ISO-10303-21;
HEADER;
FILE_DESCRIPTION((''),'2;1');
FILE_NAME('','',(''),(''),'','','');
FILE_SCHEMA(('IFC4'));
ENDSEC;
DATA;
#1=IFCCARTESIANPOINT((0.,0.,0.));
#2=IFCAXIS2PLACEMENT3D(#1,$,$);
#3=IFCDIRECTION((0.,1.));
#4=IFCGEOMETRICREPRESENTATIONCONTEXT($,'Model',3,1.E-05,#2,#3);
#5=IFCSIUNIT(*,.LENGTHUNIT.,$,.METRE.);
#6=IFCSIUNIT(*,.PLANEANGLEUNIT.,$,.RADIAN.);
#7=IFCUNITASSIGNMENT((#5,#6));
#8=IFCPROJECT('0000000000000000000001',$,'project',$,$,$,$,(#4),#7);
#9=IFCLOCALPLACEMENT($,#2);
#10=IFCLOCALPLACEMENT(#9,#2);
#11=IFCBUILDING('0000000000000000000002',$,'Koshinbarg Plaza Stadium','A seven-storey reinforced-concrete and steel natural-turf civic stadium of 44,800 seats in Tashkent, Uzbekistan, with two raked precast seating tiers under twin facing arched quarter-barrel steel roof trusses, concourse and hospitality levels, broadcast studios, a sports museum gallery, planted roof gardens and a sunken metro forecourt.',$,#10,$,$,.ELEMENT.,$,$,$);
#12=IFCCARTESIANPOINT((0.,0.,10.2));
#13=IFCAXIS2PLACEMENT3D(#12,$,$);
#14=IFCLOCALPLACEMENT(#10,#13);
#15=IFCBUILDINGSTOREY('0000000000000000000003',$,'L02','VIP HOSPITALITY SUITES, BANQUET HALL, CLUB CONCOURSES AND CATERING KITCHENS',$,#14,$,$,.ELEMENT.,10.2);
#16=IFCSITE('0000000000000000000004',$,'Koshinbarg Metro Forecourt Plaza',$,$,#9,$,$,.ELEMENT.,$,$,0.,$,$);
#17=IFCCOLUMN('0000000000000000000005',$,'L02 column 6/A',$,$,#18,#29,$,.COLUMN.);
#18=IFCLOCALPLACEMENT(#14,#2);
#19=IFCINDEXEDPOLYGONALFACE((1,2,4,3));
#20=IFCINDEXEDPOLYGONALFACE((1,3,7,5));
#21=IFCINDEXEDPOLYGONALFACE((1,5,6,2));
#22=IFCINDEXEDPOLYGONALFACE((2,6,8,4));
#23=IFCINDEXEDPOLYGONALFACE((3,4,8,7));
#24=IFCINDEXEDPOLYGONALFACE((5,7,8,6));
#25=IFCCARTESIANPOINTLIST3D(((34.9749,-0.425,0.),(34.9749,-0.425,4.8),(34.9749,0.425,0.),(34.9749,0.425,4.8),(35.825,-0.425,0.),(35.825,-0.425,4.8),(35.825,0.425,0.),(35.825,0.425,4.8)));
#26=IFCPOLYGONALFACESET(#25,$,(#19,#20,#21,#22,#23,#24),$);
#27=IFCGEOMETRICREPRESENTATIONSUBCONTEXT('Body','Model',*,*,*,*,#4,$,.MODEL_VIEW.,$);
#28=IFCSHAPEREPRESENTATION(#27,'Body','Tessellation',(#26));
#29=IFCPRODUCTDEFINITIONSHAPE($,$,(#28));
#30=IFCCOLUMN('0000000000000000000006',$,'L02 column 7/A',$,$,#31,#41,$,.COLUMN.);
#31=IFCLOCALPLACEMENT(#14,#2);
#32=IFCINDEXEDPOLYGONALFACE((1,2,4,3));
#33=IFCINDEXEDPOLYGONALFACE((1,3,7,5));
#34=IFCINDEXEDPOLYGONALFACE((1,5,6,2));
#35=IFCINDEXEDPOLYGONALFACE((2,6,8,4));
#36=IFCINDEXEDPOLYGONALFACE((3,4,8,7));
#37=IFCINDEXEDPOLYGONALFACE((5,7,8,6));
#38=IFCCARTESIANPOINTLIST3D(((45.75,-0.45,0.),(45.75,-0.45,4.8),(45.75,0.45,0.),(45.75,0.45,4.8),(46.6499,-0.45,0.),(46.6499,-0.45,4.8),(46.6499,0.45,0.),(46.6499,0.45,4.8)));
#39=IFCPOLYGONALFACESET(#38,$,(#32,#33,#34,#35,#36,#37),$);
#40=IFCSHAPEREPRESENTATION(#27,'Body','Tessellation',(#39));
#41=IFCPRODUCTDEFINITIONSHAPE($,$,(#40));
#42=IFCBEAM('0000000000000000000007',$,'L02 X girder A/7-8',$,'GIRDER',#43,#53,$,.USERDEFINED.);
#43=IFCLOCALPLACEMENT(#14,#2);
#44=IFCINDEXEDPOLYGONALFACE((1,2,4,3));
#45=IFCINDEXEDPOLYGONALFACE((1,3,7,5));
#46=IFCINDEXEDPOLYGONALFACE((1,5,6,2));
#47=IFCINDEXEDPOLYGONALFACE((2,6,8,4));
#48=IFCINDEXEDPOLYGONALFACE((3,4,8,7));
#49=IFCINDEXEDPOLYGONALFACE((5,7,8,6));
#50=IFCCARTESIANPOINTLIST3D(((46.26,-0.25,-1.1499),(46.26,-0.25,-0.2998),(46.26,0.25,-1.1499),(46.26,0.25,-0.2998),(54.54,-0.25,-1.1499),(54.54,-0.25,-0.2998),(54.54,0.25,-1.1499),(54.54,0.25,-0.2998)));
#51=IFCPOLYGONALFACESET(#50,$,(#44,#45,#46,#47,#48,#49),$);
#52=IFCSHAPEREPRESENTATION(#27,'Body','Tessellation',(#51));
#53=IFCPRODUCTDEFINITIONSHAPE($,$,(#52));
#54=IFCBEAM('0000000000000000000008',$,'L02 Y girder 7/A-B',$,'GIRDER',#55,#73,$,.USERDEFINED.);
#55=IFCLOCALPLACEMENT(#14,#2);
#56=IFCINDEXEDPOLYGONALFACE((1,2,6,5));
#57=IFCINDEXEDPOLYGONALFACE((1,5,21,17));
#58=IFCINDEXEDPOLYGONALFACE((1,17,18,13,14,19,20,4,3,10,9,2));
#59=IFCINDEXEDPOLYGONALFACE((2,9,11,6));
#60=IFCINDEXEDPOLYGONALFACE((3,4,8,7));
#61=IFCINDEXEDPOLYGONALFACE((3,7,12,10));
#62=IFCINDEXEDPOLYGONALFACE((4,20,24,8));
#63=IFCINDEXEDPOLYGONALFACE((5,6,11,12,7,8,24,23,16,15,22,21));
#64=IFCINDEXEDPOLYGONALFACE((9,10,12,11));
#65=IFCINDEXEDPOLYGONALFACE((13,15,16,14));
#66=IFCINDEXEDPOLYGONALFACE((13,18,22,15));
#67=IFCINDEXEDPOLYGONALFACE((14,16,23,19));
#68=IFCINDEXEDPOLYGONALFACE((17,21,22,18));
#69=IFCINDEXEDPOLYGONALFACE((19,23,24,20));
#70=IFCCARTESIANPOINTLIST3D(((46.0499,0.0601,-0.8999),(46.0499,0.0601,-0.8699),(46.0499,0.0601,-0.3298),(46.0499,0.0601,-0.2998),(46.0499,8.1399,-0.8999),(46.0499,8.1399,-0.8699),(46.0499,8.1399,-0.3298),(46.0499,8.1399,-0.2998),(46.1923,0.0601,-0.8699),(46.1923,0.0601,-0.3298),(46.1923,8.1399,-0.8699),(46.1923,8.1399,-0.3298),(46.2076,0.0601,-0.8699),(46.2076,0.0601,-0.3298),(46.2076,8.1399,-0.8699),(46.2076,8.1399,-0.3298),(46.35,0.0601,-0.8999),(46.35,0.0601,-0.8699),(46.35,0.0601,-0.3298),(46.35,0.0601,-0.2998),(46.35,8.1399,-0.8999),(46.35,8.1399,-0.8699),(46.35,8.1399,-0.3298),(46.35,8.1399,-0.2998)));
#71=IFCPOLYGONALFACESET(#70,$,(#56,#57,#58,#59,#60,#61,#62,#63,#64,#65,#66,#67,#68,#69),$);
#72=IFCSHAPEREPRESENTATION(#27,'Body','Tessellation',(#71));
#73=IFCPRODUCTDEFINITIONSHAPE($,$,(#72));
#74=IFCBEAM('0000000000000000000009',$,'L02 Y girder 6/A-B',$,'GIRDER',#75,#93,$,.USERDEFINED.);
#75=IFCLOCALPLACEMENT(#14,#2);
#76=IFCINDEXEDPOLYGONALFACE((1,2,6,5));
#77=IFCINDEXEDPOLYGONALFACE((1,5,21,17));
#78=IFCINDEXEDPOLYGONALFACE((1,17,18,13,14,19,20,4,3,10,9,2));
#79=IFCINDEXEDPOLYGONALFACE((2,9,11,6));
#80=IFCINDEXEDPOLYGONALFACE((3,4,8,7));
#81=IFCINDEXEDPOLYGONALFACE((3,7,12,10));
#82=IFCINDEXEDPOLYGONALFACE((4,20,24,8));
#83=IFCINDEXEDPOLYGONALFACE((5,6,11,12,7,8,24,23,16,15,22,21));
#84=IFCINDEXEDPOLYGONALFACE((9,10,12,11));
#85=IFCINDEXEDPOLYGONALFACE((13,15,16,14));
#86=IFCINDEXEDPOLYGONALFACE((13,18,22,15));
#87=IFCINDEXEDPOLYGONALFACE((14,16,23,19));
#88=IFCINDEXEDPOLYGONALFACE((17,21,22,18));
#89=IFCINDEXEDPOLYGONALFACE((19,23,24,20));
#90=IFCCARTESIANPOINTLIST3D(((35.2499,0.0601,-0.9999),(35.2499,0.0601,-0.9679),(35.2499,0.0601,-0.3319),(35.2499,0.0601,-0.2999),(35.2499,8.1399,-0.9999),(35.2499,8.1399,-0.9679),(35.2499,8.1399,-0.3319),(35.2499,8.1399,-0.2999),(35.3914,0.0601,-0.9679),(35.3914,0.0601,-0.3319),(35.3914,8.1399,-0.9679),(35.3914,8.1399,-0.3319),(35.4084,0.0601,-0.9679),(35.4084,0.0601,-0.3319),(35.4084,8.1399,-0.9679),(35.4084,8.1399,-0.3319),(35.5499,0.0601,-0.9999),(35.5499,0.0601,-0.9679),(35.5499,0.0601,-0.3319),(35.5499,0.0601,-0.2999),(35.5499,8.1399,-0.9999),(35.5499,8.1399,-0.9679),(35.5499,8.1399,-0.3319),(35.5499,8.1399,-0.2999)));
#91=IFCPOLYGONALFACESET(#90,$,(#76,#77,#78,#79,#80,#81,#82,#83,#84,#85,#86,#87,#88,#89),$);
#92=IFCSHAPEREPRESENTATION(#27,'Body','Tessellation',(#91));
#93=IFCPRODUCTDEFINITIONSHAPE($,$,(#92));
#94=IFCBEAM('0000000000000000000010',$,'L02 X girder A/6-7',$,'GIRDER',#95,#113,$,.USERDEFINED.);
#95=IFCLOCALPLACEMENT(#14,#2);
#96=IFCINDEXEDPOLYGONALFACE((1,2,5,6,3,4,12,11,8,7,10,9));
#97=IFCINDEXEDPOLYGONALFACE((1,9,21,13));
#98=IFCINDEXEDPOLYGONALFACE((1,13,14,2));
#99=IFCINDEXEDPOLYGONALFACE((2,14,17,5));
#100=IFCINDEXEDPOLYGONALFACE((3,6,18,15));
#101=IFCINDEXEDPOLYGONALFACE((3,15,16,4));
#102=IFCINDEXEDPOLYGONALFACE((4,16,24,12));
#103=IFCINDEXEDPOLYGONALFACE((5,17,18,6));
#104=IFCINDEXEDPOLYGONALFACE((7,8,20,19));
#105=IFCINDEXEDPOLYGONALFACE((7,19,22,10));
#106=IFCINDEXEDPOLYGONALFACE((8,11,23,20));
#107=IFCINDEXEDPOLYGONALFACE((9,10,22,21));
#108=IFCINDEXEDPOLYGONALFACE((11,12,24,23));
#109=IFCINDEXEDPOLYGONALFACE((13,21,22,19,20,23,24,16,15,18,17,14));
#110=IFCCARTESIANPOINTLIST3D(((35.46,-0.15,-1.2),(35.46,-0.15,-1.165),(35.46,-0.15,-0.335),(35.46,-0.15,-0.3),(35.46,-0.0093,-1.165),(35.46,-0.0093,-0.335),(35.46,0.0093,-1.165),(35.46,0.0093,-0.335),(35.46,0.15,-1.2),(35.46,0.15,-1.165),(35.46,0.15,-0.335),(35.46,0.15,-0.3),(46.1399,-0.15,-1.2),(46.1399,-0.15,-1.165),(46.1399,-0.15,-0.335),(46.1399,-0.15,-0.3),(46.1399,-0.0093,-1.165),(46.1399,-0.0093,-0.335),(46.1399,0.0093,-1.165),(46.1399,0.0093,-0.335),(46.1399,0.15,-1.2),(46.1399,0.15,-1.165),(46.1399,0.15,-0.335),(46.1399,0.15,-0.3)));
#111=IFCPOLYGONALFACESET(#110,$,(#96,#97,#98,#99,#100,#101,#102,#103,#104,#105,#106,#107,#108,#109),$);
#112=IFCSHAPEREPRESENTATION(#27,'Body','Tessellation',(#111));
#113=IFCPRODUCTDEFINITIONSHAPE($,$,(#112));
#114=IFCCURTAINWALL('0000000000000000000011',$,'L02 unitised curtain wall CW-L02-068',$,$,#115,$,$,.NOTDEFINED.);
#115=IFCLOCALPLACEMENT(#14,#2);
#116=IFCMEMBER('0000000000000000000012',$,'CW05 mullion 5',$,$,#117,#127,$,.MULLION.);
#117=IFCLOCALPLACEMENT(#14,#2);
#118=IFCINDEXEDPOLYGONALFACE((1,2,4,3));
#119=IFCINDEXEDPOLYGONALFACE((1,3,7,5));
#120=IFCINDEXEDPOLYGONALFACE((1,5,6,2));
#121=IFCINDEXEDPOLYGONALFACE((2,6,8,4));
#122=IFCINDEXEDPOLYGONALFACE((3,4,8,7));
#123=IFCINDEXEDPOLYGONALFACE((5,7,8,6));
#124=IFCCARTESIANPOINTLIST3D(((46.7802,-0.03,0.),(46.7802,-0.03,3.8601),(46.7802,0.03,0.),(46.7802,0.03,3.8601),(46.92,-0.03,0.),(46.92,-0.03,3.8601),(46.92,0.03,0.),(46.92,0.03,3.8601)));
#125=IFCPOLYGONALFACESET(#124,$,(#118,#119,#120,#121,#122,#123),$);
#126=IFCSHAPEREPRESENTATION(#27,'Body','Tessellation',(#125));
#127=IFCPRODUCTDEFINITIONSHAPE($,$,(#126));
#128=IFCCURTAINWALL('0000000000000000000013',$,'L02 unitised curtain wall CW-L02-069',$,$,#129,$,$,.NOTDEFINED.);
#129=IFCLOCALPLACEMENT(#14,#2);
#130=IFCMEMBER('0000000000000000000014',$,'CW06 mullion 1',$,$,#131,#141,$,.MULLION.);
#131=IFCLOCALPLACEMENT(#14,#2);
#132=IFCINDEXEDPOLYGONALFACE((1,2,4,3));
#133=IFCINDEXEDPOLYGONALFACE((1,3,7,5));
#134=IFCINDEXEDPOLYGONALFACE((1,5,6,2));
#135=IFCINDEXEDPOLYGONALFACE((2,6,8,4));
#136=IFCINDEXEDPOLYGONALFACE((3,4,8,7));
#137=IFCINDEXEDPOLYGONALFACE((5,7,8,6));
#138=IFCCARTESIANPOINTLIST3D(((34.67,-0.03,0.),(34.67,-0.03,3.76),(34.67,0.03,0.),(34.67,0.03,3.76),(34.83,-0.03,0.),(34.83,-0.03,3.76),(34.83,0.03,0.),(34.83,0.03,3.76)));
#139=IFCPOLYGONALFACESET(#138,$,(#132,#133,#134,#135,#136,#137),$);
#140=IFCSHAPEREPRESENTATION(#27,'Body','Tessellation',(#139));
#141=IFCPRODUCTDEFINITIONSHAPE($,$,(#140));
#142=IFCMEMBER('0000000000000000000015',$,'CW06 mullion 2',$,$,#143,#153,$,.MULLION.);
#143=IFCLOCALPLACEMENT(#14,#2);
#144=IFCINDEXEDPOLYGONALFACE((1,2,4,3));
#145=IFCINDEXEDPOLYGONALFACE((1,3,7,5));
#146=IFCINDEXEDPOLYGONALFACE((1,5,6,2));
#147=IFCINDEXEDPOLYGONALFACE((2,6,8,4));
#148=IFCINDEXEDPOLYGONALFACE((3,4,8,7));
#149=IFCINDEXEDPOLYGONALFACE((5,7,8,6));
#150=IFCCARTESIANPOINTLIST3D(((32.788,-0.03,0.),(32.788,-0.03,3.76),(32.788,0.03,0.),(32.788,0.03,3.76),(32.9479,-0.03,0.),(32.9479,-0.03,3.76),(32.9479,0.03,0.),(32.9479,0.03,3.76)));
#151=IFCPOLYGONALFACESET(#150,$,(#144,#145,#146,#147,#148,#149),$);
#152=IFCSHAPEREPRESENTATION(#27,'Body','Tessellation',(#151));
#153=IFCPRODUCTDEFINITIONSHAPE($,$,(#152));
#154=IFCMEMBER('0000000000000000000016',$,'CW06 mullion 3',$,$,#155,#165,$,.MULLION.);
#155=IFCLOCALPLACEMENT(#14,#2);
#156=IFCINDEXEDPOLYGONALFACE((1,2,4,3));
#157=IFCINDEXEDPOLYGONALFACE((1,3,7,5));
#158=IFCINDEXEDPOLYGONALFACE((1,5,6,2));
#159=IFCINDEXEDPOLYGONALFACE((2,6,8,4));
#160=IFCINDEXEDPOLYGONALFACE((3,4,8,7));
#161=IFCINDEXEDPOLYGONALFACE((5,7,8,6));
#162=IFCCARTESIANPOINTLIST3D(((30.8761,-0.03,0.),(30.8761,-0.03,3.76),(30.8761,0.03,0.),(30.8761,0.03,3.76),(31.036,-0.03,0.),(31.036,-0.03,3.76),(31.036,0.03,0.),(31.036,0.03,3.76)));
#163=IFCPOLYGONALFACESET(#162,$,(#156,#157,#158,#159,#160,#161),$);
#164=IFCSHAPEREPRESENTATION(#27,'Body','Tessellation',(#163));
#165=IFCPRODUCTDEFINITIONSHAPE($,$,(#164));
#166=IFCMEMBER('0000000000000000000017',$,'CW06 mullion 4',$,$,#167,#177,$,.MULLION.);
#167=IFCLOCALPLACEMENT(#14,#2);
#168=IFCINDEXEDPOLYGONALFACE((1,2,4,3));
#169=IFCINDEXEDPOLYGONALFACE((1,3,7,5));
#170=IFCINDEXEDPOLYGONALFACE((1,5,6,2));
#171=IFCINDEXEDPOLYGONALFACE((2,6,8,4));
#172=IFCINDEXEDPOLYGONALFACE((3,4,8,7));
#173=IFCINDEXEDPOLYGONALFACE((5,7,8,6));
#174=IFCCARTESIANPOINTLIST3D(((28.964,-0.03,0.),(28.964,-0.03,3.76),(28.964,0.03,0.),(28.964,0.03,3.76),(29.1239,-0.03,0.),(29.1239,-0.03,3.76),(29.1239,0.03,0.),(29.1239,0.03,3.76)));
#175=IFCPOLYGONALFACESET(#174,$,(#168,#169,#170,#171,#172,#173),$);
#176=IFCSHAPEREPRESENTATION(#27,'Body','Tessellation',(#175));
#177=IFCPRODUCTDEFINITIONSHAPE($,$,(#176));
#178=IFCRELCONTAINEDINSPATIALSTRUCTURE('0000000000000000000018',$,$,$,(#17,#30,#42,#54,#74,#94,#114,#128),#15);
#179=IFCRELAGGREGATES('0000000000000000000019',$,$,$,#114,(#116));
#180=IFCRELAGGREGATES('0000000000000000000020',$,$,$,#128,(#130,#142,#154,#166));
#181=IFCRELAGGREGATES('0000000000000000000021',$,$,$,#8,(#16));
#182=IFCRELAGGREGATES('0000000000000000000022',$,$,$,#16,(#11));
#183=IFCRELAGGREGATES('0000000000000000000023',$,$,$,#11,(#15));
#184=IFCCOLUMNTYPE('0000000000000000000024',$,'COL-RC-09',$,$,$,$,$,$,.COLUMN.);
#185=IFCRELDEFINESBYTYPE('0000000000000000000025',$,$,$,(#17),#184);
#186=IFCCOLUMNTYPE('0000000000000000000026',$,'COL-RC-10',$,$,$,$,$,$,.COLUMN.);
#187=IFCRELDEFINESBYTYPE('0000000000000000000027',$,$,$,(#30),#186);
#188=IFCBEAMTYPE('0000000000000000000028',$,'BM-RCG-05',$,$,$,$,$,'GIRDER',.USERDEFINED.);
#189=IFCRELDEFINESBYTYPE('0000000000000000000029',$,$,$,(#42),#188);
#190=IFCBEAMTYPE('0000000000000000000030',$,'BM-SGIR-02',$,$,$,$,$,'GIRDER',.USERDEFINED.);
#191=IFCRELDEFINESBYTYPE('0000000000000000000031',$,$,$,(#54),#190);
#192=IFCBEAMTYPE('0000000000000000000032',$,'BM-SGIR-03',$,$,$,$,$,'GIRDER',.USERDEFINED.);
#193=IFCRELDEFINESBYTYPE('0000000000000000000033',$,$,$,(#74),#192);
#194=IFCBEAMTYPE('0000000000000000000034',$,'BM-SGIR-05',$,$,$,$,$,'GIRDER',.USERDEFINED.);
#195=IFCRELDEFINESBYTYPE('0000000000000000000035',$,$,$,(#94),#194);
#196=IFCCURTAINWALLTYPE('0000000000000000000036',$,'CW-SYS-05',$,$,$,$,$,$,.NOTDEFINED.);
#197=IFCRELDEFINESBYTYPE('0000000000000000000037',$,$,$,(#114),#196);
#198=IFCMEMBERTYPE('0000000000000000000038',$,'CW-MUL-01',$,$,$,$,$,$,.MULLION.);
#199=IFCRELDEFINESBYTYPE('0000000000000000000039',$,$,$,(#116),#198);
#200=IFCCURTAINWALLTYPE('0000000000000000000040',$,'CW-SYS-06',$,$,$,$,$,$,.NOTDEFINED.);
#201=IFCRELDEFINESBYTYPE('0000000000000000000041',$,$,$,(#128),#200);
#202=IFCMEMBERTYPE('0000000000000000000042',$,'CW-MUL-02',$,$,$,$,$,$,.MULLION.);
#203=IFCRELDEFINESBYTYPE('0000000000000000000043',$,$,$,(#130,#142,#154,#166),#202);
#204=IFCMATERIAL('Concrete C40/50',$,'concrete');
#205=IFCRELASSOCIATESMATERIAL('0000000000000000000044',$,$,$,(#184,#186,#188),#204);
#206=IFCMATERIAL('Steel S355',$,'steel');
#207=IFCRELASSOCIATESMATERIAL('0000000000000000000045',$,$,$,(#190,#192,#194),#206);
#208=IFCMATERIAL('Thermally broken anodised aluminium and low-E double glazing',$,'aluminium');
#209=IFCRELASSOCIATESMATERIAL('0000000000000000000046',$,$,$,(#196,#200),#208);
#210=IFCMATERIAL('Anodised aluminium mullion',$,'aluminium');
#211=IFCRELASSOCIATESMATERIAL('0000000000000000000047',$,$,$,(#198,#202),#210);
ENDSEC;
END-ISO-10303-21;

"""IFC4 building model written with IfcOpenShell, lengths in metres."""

from ifc_helpers import new_model, si_unit, direction, frame, origin, origin_2d, place, context, subcontext, project, spatial, rectangle, i_section, extrude, material, material_profile, profile_set, type_object, element, aggregate, save


model = new_model("IFC4")

# Units and contexts
model_context = context("Model", 3, precision=1e-05, world=origin(), true_north=direction((0.0, 1.0)))
body_context = subcontext(model_context, "Body", "Model", "MODEL_VIEW")
ifc_project = project(units=[si_unit("LENGTHUNIT", "METRE"), si_unit("PLANEANGLEUNIT", "RADIAN")], contexts=[model_context])

# Site, building, storey
site_placement = place(None, origin())
site = spatial("IfcSite", under=ifc_project, at=site_placement, Name="Koshinbarg Metro Forecourt Plaza", CompositionType="ELEMENT", RefElevation=0.0)
building_placement = place(site_placement, origin())
building = spatial("IfcBuilding", under=site, at=building_placement, Name="Koshinbarg Plaza Stadium", Description="A seven-storey reinforced-concrete and steel natural-turf civic stadium of 44,800 seats in Tashkent, Uzbekistan, with two raked precast seating tiers under twin facing arched quarter-barrel steel roof trusses, concourse and hospitality levels, broadcast studios, a sports museum gallery, planted roof gardens and a sunken metro forecourt.", CompositionType="ELEMENT")
storey_placement = place(building_placement, frame((0.0, 0.0, 10.2)))
storey = spatial("IfcBuildingStorey", under=building, at=storey_placement, Name="L02", Description="VIP HOSPITALITY SUITES, BANQUET HALL, CLUB CONCOURSES AND CATERING KITCHENS", CompositionType="ELEMENT", Elevation=10.2)

# Columns
ifc_material_1 = material(Name="Concrete C40/50", Category="concrete")
ifc_material_profile_1 = material_profile(ifc_material_1, rectangle(XDim=0.8501, YDim=0.8501, at=origin_2d()), Name="RC 850x850")
ifc_profile_set_1 = profile_set([ifc_material_profile_1], Name="Concrete C40/50")
column_type_1 = type_object("IfcColumnType", Name="COL-RC-09", PredefinedType="COLUMN", material=ifc_profile_set_1)
column_1_placement = place(storey_placement, frame((35.3999, 0.0, 0.0), z_axis=(0.0, 0.0, 1.0), x_axis=(1.0, 0.0, 0.0)))
element("IfcColumn", 1, at=column_1_placement, inside=storey, type_object=column_type_1, Name="L02 column 6/A", PredefinedType="COLUMN", context=body_context, shape_type="SweptSolid", body=[
    extrude(rectangle(XDim=0.8501, YDim=0.8501, at=origin_2d()), origin(), (0.0, 0.0, 1.0), 4.8),
])
ifc_material_profile_2 = material_profile(ifc_material_1, rectangle(XDim=0.8999, YDim=0.8999, at=origin_2d()), Name="RC 900x900")
ifc_profile_set_2 = profile_set([ifc_material_profile_2], Name="Concrete C40/50")
column_type_2 = type_object("IfcColumnType", Name="COL-RC-10", PredefinedType="COLUMN", material=ifc_profile_set_2)
column_2_placement = place(storey_placement, frame((46.2, 0.0, 0.0), z_axis=(0.0, 0.0, 1.0), x_axis=(1.0, 0.0, 0.0)))
element("IfcColumn", 2, at=column_2_placement, inside=storey, type_object=column_type_2, Name="L02 column 7/A", PredefinedType="COLUMN", context=body_context, shape_type="SweptSolid", body=[
    extrude(rectangle(XDim=0.8999, YDim=0.8999, at=origin_2d()), origin(), (0.0, 0.0, 1.0), 4.8),
])

# Beams
ifc_material_profile_3 = material_profile(ifc_material_1, rectangle(XDim=0.5, YDim=0.8501, at=origin_2d()), Name="RC 500x850")
ifc_profile_set_3 = profile_set([ifc_material_profile_3], Name="Concrete C40/50")
beam_type_1 = type_object("IfcBeamType", Name="BM-RCG-05", ElementType="GIRDER", PredefinedType="USERDEFINED", material=ifc_profile_set_3)
beam_1_placement = place(storey_placement, frame((46.26, 0.0, -0.7249), z_axis=(1.0, 0.0, 0.0), x_axis=(0.0, 1.0, 0.0)))
element("IfcBeam", 3, at=beam_1_placement, inside=storey, type_object=beam_type_1, Name="L02 X girder A/7-8", ObjectType="GIRDER", PredefinedType="USERDEFINED", context=body_context, shape_type="SweptSolid", body=[
    extrude(rectangle(XDim=0.5, YDim=0.8501, at=origin_2d()), origin(), (0.0, 0.0, 1.0), 8.28),
])
ifc_material_2 = material(Name="Steel S355", Category="steel")
ifc_material_profile_4 = material_profile(ifc_material_2, i_section(OverallWidth=0.3, OverallDepth=0.6001, WebThickness=0.0154, FlangeThickness=0.03, at=origin_2d()), Name="HEB 600")
ifc_profile_set_4 = profile_set([ifc_material_profile_4], Name="Steel S355")
beam_type_2 = type_object("IfcBeamType", Name="BM-SGIR-02", ElementType="GIRDER", PredefinedType="USERDEFINED", material=ifc_profile_set_4)
beam_2_placement = place(storey_placement, frame((46.2, 0.0601, -0.5999), z_axis=(0.0, 1.0, 0.0), x_axis=(-1.0, 0.0, 0.0)))
element("IfcBeam", 4, at=beam_2_placement, inside=storey, type_object=beam_type_2, Name="L02 Y girder 7/A-B", ObjectType="GIRDER", PredefinedType="USERDEFINED", context=body_context, shape_type="SweptSolid", body=[
    extrude(i_section(OverallWidth=0.3, OverallDepth=0.6001, WebThickness=0.0154, FlangeThickness=0.03, at=origin_2d()), origin(), (0.0, 0.0, 1.0), 8.0798),
])
ifc_material_profile_5 = material_profile(ifc_material_2, i_section(OverallWidth=0.3, OverallDepth=0.7, WebThickness=0.0171, FlangeThickness=0.032, at=origin_2d()), Name="HEB 700")
ifc_profile_set_5 = profile_set([ifc_material_profile_5], Name="Steel S355")
beam_type_3 = type_object("IfcBeamType", Name="BM-SGIR-03", ElementType="GIRDER", PredefinedType="USERDEFINED", material=ifc_profile_set_5)
beam_3_placement = place(storey_placement, frame((35.3999, 0.0601, -0.6499), z_axis=(0.0, 1.0, 0.0), x_axis=(-1.0, 0.0, 0.0)))
element("IfcBeam", 5, at=beam_3_placement, inside=storey, type_object=beam_type_3, Name="L02 Y girder 6/A-B", ObjectType="GIRDER", PredefinedType="USERDEFINED", context=body_context, shape_type="SweptSolid", body=[
    extrude(i_section(OverallWidth=0.3, OverallDepth=0.7, WebThickness=0.0171, FlangeThickness=0.032, at=origin_2d()), origin(), (0.0, 0.0, 1.0), 8.0798),
])
ifc_material_profile_6 = material_profile(ifc_material_2, i_section(OverallWidth=0.3, OverallDepth=0.8999, WebThickness=0.0186, FlangeThickness=0.0349, at=origin_2d()), Name="HEB 900")
ifc_profile_set_6 = profile_set([ifc_material_profile_6], Name="Steel S355")
beam_type_4 = type_object("IfcBeamType", Name="BM-SGIR-05", ElementType="GIRDER", PredefinedType="USERDEFINED", material=ifc_profile_set_6)
beam_4_placement = place(storey_placement, frame((35.46, 0.0, -0.75), z_axis=(1.0, 0.0, 0.0), x_axis=(0.0, 1.0, 0.0)))
element("IfcBeam", 6, at=beam_4_placement, inside=storey, type_object=beam_type_4, Name="L02 X girder A/6-7", ObjectType="GIRDER", PredefinedType="USERDEFINED", context=body_context, shape_type="SweptSolid", body=[
    extrude(i_section(OverallWidth=0.3, OverallDepth=0.8999, WebThickness=0.0186, FlangeThickness=0.0349, at=origin_2d()), origin(), (0.0, 0.0, 1.0), 10.6799),
])

# Curtain wall, member
ifc_material_3 = material(Name="Thermally broken anodised aluminium and low-E double glazing", Category="aluminium")
curtain_wall_type_1 = type_object("IfcCurtainWallType", Name="CW-SYS-05", PredefinedType="NOTDEFINED", material=ifc_material_3)
curtain_wall_1_placement = place(storey_placement, origin())
curtain_wall_1 = element("IfcCurtainWall", 7, at=curtain_wall_1_placement, inside=storey, type_object=curtain_wall_type_1, Name="L02 unitised curtain wall CW-L02-068", PredefinedType="NOTDEFINED")
ifc_material_4 = material(Name="Anodised aluminium mullion", Category="aluminium")
ifc_material_profile_7 = material_profile(ifc_material_4, rectangle(XDim=0.0601, YDim=0.1399, at=origin_2d()), Name="ALU 60x140")
ifc_profile_set_7 = profile_set([ifc_material_profile_7], Name="Anodised aluminium mullion")
member_type_1 = type_object("IfcMemberType", Name="CW-MUL-01", PredefinedType="MULLION", material=ifc_profile_set_7)
member_1_placement = place(storey_placement, frame((46.8501, 0.0, 0.0), z_axis=(0.0, 0.0, 1.0), x_axis=(0.0, -1.0, 0.0)))
member_1 = element("IfcMember", 8, at=member_1_placement, type_object=member_type_1, Name="CW05 mullion 5", PredefinedType="MULLION", context=body_context, shape_type="SweptSolid", body=[
    extrude(rectangle(XDim=0.0601, YDim=0.1399, at=origin_2d()), origin(), (0.0, 0.0, 1.0), 3.8601),
])
aggregate(curtain_wall_1, [member_1])

# Curtain wall, members
curtain_wall_type_2 = type_object("IfcCurtainWallType", Name="CW-SYS-06", PredefinedType="NOTDEFINED", material=ifc_material_3)
curtain_wall_2_placement = place(storey_placement, origin())
curtain_wall_2 = element("IfcCurtainWall", 9, at=curtain_wall_2_placement, inside=storey, type_object=curtain_wall_type_2, Name="L02 unitised curtain wall CW-L02-069", PredefinedType="NOTDEFINED")
ifc_material_profile_8 = material_profile(ifc_material_4, rectangle(XDim=0.0601, YDim=0.1599, at=origin_2d()), Name="ALU 60x160")
ifc_profile_set_8 = profile_set([ifc_material_profile_8], Name="Anodised aluminium mullion")
member_type_2 = type_object("IfcMemberType", Name="CW-MUL-02", PredefinedType="MULLION", material=ifc_profile_set_8)
member_2_placement = place(storey_placement, frame((34.75, 0.0, 0.0), z_axis=(0.0, 0.0, 1.0), x_axis=(0.0, -1.0, 0.0)))
member_2 = element("IfcMember", 10, at=member_2_placement, type_object=member_type_2, Name="CW06 mullion 1", PredefinedType="MULLION", context=body_context, shape_type="SweptSolid", body=[
    extrude(rectangle(XDim=0.0601, YDim=0.1599, at=origin_2d()), origin(), (0.0, 0.0, 1.0), 3.76),
])
member_3_placement = place(storey_placement, frame((32.8679, 0.0, 0.0), z_axis=(0.0, 0.0, 1.0), x_axis=(0.0, -1.0, 0.0)))
member_3 = element("IfcMember", 11, at=member_3_placement, type_object=member_type_2, Name="CW06 mullion 2", PredefinedType="MULLION", context=body_context, shape_type="SweptSolid", body=[
    extrude(rectangle(XDim=0.0601, YDim=0.1599, at=origin_2d()), origin(), (0.0, 0.0, 1.0), 3.76),
])
member_4_placement = place(storey_placement, frame((30.9561, 0.0, 0.0), z_axis=(0.0, 0.0, 1.0), x_axis=(0.0, -1.0, 0.0)))
member_4 = element("IfcMember", 12, at=member_4_placement, type_object=member_type_2, Name="CW06 mullion 3", PredefinedType="MULLION", context=body_context, shape_type="SweptSolid", body=[
    extrude(rectangle(XDim=0.0601, YDim=0.1599, at=origin_2d()), origin(), (0.0, 0.0, 1.0), 3.76),
])
member_5_placement = place(storey_placement, frame((29.0439, 0.0, 0.0), z_axis=(0.0, 0.0, 1.0), x_axis=(0.0, -1.0, 0.0)))
member_5 = element("IfcMember", 13, at=member_5_placement, type_object=member_type_2, Name="CW06 mullion 4", PredefinedType="MULLION", context=body_context, shape_type="SweptSolid", body=[
    extrude(rectangle(XDim=0.0601, YDim=0.1599, at=origin_2d()), origin(), (0.0, 0.0, 1.0), 3.76),
])
aggregate(curtain_wall_2, [member_2, member_3, member_4, member_5])

save(model, "model.ifc")
